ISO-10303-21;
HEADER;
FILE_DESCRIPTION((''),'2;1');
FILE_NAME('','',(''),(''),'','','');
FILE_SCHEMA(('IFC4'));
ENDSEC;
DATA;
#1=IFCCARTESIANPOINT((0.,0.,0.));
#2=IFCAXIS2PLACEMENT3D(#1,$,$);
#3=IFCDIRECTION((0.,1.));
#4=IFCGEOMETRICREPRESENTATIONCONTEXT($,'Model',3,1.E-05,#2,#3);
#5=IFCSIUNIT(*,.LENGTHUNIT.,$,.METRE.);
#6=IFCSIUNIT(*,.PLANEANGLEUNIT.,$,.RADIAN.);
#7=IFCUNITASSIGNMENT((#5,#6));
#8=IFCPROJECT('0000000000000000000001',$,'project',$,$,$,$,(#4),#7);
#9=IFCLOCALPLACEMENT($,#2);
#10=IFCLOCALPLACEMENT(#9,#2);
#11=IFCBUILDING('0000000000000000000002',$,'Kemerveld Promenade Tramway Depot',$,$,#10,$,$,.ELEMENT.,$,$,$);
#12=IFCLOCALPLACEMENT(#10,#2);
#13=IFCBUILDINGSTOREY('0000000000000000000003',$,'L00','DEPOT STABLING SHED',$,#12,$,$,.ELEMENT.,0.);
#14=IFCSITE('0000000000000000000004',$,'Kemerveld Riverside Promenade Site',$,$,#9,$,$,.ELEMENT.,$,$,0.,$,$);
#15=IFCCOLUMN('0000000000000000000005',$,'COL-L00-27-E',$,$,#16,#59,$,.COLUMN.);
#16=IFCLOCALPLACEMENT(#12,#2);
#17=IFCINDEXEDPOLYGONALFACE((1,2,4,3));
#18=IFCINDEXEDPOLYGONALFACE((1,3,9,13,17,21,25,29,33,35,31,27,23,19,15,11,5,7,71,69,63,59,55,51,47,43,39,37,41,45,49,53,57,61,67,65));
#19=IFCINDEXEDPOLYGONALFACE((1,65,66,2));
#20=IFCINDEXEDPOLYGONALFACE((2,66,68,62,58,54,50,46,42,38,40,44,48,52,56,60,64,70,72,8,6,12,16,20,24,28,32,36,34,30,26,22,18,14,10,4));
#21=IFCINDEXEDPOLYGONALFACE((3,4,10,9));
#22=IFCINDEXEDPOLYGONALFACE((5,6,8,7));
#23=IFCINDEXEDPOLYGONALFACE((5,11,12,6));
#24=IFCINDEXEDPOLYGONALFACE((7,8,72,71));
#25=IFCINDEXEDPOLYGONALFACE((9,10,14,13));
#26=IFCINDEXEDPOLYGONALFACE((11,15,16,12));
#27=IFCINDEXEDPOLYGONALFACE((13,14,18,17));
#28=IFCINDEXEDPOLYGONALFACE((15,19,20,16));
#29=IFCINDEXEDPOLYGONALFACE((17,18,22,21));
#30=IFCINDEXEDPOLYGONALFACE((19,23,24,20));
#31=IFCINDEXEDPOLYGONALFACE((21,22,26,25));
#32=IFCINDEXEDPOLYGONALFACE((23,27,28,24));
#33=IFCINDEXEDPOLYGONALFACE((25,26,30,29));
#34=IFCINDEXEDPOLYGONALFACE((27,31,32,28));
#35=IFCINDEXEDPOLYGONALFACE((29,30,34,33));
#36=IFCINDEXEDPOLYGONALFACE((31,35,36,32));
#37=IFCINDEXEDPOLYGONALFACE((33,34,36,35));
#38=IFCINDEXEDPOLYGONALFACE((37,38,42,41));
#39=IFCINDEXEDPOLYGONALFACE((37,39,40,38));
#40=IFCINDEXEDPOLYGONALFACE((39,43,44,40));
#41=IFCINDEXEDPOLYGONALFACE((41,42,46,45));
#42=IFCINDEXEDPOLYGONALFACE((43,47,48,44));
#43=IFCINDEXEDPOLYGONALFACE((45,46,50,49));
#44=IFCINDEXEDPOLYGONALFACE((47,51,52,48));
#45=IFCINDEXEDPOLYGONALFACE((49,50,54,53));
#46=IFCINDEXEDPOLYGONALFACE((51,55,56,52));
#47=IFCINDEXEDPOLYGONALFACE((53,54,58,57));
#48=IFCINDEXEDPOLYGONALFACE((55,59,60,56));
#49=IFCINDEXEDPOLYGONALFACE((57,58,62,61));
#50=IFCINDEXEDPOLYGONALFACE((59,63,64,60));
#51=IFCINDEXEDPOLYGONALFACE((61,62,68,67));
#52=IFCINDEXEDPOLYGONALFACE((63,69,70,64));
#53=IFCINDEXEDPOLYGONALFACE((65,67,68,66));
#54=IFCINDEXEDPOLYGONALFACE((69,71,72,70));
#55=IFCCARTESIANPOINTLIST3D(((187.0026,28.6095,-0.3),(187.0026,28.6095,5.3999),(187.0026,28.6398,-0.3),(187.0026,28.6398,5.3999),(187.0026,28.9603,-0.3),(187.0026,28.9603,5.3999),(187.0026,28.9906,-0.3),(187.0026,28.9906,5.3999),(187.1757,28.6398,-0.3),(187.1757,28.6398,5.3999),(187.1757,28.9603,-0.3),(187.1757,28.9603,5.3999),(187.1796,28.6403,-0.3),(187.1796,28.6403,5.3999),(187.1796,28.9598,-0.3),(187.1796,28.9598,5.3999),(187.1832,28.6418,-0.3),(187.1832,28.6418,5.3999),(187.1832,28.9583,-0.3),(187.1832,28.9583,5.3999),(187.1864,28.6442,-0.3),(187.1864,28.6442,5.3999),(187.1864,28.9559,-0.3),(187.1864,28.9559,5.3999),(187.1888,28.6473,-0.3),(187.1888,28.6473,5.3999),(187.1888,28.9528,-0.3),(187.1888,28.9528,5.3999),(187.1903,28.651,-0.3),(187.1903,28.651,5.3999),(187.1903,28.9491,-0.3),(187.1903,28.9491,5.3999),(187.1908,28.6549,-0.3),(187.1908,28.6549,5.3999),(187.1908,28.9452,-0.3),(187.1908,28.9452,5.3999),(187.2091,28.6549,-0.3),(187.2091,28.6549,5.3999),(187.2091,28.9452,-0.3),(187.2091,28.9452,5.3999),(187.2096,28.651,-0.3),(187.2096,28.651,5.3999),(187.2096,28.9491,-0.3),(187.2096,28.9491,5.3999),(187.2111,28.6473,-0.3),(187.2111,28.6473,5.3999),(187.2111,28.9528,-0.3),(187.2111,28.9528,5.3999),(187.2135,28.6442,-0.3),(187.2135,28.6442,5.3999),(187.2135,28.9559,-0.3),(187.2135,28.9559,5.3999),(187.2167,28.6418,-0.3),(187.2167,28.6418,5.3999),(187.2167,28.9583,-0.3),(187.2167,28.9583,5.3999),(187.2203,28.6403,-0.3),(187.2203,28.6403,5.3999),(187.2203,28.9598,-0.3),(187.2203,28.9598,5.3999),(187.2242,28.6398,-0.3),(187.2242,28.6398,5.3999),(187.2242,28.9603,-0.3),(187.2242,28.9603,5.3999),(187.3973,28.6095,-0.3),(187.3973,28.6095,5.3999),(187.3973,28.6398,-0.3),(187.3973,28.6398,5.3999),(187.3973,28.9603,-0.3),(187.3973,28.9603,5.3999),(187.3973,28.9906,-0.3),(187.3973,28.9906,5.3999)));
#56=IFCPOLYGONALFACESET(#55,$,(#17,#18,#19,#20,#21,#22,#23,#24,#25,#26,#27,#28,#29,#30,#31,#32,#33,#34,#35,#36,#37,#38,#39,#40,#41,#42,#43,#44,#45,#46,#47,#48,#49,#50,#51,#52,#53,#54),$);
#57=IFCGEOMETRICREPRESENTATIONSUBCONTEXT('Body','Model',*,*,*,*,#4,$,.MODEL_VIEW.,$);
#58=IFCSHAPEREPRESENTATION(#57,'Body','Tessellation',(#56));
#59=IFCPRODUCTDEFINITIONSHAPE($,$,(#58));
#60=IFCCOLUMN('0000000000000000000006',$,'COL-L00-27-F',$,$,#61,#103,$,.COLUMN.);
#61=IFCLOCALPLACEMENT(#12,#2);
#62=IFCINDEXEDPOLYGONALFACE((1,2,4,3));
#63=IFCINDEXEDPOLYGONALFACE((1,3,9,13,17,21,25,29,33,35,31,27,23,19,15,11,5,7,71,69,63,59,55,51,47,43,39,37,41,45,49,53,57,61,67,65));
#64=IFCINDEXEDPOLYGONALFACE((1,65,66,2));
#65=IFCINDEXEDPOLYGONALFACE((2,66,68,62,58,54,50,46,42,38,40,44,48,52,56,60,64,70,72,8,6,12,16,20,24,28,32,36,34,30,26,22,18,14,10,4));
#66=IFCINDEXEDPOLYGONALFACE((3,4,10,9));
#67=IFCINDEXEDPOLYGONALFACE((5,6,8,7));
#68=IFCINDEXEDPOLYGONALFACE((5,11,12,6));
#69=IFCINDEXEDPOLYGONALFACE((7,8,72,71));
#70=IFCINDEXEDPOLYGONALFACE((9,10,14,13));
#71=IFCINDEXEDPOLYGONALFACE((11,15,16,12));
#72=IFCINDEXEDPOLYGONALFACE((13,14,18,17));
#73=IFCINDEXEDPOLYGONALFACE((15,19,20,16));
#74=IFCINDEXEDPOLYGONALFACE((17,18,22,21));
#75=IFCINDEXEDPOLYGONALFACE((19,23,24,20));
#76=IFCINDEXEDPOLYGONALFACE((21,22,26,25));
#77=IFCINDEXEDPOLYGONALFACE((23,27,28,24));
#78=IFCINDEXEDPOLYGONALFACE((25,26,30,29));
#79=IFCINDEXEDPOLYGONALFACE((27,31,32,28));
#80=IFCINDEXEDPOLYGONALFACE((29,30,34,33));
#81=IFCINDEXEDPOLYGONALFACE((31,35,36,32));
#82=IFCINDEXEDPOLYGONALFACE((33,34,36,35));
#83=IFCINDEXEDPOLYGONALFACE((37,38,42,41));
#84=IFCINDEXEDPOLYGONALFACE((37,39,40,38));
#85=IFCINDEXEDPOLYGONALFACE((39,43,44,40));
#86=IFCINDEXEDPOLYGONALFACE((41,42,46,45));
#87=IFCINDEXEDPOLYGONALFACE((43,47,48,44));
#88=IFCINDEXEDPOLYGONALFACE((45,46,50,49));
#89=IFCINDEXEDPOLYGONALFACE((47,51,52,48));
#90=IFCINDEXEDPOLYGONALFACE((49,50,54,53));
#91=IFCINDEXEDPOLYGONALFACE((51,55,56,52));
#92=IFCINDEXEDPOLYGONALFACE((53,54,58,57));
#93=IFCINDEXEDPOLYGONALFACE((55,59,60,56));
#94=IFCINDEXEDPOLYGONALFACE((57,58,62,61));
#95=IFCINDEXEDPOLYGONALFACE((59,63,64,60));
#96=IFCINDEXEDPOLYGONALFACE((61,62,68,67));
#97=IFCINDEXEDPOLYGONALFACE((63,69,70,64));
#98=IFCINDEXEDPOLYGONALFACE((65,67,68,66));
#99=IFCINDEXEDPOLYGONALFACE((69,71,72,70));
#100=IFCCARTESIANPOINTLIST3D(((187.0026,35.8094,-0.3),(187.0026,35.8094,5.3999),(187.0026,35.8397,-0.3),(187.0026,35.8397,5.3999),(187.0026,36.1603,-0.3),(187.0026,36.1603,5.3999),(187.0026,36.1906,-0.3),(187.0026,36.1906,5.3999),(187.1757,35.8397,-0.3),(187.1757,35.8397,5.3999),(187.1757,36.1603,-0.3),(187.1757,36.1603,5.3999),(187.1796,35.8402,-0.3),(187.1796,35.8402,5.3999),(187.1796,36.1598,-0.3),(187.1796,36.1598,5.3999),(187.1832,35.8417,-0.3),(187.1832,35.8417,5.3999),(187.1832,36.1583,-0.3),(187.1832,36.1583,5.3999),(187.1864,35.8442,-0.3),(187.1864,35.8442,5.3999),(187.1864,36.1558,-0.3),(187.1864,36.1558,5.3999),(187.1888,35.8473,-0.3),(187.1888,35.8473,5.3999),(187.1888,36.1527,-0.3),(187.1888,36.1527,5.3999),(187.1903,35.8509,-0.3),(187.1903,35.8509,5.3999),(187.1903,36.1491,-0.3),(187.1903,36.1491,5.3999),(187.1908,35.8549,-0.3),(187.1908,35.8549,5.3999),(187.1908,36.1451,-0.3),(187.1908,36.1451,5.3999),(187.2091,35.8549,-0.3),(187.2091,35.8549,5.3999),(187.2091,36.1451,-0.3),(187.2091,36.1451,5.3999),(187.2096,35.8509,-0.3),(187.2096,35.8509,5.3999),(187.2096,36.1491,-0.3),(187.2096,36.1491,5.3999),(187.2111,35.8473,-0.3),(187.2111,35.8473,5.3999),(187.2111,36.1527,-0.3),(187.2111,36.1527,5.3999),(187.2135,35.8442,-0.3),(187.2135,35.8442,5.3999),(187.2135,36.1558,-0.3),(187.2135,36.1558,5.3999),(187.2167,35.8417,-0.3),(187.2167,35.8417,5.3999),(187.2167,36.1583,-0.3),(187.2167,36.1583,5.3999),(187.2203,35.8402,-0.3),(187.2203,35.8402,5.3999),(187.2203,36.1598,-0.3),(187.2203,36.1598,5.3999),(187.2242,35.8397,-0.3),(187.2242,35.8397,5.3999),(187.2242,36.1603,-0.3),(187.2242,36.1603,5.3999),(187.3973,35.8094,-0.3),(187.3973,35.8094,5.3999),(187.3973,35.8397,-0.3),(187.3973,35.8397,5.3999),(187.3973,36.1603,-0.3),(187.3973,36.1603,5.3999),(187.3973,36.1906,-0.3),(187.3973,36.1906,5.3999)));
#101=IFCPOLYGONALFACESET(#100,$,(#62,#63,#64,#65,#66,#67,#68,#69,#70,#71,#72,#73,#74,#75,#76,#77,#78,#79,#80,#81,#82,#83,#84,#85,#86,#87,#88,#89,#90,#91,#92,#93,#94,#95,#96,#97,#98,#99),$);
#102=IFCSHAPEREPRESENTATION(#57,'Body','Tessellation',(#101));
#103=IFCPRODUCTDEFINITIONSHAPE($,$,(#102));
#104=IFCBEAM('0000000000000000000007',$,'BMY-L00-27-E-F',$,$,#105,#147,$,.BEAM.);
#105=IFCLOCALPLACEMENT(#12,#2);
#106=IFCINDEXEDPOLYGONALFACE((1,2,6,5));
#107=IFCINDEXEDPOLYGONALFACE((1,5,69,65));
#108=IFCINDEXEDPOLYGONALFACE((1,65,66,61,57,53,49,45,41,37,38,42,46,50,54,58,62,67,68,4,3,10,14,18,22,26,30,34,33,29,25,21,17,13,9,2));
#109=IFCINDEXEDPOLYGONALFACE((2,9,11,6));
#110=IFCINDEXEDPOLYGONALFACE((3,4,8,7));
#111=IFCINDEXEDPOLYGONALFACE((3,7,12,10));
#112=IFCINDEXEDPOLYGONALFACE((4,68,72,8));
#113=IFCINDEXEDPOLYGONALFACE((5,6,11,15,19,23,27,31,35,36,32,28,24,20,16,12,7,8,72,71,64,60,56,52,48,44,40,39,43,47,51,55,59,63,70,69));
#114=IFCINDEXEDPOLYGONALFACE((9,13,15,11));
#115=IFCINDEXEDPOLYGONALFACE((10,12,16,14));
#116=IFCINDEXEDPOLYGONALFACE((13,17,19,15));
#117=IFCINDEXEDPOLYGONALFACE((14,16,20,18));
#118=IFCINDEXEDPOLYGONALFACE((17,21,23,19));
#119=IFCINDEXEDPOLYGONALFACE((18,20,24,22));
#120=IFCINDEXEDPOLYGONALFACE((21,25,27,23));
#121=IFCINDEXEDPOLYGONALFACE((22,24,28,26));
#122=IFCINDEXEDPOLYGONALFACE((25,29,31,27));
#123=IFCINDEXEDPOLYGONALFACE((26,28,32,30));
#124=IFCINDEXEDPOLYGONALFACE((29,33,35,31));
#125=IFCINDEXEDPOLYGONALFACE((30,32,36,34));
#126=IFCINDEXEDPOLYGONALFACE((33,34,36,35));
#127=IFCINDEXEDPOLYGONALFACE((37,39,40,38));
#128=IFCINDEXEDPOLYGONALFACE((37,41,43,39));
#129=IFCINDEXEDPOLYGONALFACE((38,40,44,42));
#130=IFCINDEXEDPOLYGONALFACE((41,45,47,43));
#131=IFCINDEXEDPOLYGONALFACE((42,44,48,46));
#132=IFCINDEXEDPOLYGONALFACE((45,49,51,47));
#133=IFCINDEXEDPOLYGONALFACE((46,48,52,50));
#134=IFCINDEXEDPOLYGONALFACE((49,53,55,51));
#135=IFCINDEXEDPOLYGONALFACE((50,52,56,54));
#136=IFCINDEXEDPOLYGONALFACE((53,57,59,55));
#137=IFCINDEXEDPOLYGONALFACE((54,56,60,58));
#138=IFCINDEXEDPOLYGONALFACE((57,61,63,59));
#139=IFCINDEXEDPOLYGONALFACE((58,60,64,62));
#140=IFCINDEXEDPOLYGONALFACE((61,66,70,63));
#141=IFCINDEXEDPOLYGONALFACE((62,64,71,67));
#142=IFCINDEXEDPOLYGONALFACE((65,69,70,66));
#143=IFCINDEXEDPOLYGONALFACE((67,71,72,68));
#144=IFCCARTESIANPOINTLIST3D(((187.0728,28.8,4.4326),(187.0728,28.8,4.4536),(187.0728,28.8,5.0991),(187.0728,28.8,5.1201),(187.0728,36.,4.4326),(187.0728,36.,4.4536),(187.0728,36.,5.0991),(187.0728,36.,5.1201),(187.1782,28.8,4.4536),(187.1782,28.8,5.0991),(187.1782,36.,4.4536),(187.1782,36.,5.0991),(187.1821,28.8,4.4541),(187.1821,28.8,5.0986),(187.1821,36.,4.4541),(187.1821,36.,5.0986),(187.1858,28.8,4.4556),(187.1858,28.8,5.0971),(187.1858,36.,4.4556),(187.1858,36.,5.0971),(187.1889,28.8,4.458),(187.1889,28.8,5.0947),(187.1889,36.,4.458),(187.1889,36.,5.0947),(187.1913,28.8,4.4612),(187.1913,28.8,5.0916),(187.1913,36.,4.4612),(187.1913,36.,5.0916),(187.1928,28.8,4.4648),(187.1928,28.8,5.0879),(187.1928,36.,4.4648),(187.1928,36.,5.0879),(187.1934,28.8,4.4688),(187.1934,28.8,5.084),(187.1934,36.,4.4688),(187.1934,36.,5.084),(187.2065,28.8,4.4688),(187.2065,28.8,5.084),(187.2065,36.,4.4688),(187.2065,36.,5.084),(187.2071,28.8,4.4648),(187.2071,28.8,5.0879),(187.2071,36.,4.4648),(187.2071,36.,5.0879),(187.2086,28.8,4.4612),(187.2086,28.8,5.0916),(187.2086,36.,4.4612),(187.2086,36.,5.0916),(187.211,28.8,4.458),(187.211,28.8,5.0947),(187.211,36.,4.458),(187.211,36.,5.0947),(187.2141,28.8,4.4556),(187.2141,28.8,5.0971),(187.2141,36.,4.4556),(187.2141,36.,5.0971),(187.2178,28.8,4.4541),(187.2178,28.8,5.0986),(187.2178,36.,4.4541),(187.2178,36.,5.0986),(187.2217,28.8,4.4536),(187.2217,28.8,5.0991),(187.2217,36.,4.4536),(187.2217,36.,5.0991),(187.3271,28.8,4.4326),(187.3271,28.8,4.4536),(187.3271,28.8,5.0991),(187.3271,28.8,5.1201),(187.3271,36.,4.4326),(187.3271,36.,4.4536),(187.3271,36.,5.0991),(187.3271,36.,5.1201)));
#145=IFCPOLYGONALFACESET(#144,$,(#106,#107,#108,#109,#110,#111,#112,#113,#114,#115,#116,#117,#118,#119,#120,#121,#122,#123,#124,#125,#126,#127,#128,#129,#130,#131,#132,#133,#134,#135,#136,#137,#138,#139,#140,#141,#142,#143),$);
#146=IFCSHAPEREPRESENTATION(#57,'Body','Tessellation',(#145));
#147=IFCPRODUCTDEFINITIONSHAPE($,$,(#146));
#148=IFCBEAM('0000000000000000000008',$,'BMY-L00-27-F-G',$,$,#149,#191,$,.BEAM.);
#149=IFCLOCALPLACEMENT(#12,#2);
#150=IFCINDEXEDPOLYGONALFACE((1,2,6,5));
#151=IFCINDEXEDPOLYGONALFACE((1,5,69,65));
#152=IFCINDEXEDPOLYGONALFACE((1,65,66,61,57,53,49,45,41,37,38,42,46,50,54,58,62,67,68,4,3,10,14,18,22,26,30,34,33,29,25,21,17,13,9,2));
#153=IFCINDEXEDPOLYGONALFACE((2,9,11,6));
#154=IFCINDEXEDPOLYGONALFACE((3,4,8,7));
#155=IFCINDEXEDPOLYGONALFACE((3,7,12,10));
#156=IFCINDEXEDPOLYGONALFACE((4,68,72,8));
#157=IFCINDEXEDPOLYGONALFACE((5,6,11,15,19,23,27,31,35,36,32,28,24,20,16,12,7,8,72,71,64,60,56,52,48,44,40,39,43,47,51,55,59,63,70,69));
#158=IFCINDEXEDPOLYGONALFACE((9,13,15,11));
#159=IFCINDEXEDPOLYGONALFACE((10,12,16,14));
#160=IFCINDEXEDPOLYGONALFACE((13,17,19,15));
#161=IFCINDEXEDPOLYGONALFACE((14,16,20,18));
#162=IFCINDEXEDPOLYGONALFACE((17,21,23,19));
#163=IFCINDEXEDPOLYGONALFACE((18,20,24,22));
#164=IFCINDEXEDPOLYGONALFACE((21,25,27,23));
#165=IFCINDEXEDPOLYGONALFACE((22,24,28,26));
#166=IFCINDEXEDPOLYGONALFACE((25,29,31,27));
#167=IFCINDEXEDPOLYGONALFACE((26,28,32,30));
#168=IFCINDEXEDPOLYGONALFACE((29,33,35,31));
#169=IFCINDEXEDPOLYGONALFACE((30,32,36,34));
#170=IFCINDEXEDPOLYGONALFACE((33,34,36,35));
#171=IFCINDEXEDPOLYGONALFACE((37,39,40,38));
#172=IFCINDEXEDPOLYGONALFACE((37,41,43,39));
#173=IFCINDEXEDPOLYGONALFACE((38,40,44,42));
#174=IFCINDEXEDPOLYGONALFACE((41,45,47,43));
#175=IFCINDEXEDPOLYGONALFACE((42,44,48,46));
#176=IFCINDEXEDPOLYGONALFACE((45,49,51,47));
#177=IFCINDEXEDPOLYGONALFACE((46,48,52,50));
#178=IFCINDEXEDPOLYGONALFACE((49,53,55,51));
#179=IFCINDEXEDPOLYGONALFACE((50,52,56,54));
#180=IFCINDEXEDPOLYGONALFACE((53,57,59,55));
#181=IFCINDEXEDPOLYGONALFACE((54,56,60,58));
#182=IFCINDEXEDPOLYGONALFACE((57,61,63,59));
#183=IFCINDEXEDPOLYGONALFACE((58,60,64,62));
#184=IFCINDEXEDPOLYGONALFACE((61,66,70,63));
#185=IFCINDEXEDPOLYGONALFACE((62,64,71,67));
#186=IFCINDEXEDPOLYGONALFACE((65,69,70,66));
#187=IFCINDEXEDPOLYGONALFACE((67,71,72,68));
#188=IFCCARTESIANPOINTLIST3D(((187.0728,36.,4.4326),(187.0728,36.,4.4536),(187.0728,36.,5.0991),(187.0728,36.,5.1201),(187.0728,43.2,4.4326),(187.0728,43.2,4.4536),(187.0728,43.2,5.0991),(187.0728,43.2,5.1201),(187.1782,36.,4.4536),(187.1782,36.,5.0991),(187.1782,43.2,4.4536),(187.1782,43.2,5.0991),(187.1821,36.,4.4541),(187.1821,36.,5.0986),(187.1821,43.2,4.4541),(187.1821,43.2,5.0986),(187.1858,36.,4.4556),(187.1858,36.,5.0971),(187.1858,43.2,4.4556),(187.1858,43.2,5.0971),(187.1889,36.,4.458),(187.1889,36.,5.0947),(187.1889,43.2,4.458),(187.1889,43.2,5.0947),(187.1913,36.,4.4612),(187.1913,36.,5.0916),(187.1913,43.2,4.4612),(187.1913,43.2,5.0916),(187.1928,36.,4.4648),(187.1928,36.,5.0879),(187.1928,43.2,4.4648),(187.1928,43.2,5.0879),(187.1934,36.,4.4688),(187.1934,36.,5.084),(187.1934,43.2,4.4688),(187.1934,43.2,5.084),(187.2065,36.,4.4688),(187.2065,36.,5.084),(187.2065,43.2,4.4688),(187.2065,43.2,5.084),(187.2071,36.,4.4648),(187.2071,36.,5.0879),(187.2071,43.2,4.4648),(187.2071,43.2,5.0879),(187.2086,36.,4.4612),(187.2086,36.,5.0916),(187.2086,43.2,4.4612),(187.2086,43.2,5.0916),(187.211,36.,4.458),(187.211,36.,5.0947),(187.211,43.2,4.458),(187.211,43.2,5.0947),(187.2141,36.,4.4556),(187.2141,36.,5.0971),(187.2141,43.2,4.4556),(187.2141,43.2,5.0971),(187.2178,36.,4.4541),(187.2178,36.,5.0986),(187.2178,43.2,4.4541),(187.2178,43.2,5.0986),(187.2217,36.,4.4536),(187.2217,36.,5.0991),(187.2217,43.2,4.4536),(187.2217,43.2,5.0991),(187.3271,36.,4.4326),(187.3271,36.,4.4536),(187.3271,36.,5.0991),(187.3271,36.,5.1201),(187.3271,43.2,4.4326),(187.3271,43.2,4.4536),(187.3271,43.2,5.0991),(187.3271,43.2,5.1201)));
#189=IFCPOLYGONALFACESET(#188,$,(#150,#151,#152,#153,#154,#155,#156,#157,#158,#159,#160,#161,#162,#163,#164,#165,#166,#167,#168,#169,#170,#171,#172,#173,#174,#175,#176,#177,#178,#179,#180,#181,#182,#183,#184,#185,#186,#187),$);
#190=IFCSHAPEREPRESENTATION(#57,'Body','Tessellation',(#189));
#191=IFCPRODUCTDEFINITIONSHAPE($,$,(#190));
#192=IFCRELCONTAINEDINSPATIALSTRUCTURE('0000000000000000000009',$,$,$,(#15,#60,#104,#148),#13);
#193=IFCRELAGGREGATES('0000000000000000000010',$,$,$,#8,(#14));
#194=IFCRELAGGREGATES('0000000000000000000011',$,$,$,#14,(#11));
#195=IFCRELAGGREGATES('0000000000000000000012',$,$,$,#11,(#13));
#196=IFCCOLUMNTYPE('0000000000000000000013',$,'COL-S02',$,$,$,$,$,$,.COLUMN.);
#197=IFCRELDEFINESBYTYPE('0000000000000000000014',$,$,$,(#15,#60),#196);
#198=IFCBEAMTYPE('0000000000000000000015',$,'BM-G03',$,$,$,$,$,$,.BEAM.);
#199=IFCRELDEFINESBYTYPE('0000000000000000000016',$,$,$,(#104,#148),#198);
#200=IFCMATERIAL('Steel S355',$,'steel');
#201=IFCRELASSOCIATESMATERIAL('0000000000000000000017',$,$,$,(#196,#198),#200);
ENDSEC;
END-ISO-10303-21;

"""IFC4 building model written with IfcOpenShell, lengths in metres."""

from ifc_helpers import new_model, si_unit, direction, frame, origin, origin_2d, place, context, subcontext, project, spatial, i_section, extrude, material, material_profile, profile_set, type_object, element, save


model = new_model("IFC4")

# Units and contexts
model_context = context("Model", 3, precision=1e-05, world=origin(), true_north=direction((0.0, 1.0)))
body_context = subcontext(model_context, "Body", "Model", "MODEL_VIEW")
ifc_project = project(units=[si_unit("LENGTHUNIT", "METRE"), si_unit("PLANEANGLEUNIT", "RADIAN")], contexts=[model_context])

# Site, building, storey
site_placement = place(None, origin())
site = spatial("IfcSite", under=ifc_project, at=site_placement, Name="Kemerveld Riverside Promenade Site", CompositionType="ELEMENT", RefElevation=0.0)
building_placement = place(site_placement, origin())
building = spatial("IfcBuilding", under=site, at=building_placement, Name="Kemerveld Promenade Tramway Depot", CompositionType="ELEMENT")
storey_placement = place(building_placement, origin())
storey = spatial("IfcBuildingStorey", under=building, at=storey_placement, Name="L00", Description="DEPOT STABLING SHED", CompositionType="ELEMENT", Elevation=0.0)

# Columns
ifc_material_1 = material(Name="Steel S355", Category="steel")
ifc_material_profile_1 = material_profile(ifc_material_1, i_section(OverallWidth=0.3948, OverallDepth=0.3811, WebThickness=0.0183, FlangeThickness=0.0303, FilletRadius=0.0151, at=origin_2d()), Name="356x406x235 UC")
ifc_profile_set_1 = profile_set([ifc_material_profile_1], Name="Steel S355")
column_type = type_object("IfcColumnType", Name="COL-S02", PredefinedType="COLUMN", material=ifc_profile_set_1)
for number, where, z_axis, x_axis, name in (
    (1, (187.2, 28.8, -0.3), (0.0, 0.0, 1.0), (1.0, 0.0, 0.0), "COL-L00-27-E"),
    (2, (187.2, 36.0, -0.3), (0.0, 0.0, 1.0), (1.0, 0.0, 0.0), "COL-L00-27-F"),
):
    element("IfcColumn", number, at=place(storey_placement, frame(where, z_axis=z_axis, x_axis=x_axis)), inside=storey, type_object=column_type, Name=name, PredefinedType="COLUMN", context=body_context, shape_type="SweptSolid", body=[
        extrude(i_section(OverallWidth=0.3948, OverallDepth=0.3811, WebThickness=0.0183, FlangeThickness=0.0303, FilletRadius=0.0151, at=origin_2d()), origin(), (0.0, 0.0, 1.0), 5.7),
    ])

# Beams
ifc_material_profile_2 = material_profile(ifc_material_1, i_section(OverallWidth=0.2544, OverallDepth=0.6875, WebThickness=0.0132, FlangeThickness=0.021, FilletRadius=0.0151, at=origin_2d()), Name="686x254x152 UB")
ifc_profile_set_2 = profile_set([ifc_material_profile_2], Name="Steel S355")
beam_type_1 = type_object("IfcBeamType", Name="BM-G03", PredefinedType="BEAM", material=ifc_profile_set_2)
for number, where, z_axis, x_axis, name in (
    (3, (187.2, 28.8, 4.7764), (0.0, 1.0, 0.0), (-1.0, 0.0, 0.0), "BMY-L00-27-E-F"),
    (4, (187.2, 36.0, 4.7764), (0.0, 1.0, 0.0), (-1.0, 0.0, 0.0), "BMY-L00-27-F-G"),
):
    element("IfcBeam", number, at=place(storey_placement, frame(where, z_axis=z_axis, x_axis=x_axis)), inside=storey, type_object=beam_type_1, Name=name, PredefinedType="BEAM", context=body_context, shape_type="SweptSolid", body=[
        extrude(i_section(OverallWidth=0.2544, OverallDepth=0.6875, WebThickness=0.0132, FlangeThickness=0.021, FilletRadius=0.0151, at=origin_2d()), origin(), (0.0, 0.0, 1.0), 7.2),
    ])

save(model, "model.ifc")
